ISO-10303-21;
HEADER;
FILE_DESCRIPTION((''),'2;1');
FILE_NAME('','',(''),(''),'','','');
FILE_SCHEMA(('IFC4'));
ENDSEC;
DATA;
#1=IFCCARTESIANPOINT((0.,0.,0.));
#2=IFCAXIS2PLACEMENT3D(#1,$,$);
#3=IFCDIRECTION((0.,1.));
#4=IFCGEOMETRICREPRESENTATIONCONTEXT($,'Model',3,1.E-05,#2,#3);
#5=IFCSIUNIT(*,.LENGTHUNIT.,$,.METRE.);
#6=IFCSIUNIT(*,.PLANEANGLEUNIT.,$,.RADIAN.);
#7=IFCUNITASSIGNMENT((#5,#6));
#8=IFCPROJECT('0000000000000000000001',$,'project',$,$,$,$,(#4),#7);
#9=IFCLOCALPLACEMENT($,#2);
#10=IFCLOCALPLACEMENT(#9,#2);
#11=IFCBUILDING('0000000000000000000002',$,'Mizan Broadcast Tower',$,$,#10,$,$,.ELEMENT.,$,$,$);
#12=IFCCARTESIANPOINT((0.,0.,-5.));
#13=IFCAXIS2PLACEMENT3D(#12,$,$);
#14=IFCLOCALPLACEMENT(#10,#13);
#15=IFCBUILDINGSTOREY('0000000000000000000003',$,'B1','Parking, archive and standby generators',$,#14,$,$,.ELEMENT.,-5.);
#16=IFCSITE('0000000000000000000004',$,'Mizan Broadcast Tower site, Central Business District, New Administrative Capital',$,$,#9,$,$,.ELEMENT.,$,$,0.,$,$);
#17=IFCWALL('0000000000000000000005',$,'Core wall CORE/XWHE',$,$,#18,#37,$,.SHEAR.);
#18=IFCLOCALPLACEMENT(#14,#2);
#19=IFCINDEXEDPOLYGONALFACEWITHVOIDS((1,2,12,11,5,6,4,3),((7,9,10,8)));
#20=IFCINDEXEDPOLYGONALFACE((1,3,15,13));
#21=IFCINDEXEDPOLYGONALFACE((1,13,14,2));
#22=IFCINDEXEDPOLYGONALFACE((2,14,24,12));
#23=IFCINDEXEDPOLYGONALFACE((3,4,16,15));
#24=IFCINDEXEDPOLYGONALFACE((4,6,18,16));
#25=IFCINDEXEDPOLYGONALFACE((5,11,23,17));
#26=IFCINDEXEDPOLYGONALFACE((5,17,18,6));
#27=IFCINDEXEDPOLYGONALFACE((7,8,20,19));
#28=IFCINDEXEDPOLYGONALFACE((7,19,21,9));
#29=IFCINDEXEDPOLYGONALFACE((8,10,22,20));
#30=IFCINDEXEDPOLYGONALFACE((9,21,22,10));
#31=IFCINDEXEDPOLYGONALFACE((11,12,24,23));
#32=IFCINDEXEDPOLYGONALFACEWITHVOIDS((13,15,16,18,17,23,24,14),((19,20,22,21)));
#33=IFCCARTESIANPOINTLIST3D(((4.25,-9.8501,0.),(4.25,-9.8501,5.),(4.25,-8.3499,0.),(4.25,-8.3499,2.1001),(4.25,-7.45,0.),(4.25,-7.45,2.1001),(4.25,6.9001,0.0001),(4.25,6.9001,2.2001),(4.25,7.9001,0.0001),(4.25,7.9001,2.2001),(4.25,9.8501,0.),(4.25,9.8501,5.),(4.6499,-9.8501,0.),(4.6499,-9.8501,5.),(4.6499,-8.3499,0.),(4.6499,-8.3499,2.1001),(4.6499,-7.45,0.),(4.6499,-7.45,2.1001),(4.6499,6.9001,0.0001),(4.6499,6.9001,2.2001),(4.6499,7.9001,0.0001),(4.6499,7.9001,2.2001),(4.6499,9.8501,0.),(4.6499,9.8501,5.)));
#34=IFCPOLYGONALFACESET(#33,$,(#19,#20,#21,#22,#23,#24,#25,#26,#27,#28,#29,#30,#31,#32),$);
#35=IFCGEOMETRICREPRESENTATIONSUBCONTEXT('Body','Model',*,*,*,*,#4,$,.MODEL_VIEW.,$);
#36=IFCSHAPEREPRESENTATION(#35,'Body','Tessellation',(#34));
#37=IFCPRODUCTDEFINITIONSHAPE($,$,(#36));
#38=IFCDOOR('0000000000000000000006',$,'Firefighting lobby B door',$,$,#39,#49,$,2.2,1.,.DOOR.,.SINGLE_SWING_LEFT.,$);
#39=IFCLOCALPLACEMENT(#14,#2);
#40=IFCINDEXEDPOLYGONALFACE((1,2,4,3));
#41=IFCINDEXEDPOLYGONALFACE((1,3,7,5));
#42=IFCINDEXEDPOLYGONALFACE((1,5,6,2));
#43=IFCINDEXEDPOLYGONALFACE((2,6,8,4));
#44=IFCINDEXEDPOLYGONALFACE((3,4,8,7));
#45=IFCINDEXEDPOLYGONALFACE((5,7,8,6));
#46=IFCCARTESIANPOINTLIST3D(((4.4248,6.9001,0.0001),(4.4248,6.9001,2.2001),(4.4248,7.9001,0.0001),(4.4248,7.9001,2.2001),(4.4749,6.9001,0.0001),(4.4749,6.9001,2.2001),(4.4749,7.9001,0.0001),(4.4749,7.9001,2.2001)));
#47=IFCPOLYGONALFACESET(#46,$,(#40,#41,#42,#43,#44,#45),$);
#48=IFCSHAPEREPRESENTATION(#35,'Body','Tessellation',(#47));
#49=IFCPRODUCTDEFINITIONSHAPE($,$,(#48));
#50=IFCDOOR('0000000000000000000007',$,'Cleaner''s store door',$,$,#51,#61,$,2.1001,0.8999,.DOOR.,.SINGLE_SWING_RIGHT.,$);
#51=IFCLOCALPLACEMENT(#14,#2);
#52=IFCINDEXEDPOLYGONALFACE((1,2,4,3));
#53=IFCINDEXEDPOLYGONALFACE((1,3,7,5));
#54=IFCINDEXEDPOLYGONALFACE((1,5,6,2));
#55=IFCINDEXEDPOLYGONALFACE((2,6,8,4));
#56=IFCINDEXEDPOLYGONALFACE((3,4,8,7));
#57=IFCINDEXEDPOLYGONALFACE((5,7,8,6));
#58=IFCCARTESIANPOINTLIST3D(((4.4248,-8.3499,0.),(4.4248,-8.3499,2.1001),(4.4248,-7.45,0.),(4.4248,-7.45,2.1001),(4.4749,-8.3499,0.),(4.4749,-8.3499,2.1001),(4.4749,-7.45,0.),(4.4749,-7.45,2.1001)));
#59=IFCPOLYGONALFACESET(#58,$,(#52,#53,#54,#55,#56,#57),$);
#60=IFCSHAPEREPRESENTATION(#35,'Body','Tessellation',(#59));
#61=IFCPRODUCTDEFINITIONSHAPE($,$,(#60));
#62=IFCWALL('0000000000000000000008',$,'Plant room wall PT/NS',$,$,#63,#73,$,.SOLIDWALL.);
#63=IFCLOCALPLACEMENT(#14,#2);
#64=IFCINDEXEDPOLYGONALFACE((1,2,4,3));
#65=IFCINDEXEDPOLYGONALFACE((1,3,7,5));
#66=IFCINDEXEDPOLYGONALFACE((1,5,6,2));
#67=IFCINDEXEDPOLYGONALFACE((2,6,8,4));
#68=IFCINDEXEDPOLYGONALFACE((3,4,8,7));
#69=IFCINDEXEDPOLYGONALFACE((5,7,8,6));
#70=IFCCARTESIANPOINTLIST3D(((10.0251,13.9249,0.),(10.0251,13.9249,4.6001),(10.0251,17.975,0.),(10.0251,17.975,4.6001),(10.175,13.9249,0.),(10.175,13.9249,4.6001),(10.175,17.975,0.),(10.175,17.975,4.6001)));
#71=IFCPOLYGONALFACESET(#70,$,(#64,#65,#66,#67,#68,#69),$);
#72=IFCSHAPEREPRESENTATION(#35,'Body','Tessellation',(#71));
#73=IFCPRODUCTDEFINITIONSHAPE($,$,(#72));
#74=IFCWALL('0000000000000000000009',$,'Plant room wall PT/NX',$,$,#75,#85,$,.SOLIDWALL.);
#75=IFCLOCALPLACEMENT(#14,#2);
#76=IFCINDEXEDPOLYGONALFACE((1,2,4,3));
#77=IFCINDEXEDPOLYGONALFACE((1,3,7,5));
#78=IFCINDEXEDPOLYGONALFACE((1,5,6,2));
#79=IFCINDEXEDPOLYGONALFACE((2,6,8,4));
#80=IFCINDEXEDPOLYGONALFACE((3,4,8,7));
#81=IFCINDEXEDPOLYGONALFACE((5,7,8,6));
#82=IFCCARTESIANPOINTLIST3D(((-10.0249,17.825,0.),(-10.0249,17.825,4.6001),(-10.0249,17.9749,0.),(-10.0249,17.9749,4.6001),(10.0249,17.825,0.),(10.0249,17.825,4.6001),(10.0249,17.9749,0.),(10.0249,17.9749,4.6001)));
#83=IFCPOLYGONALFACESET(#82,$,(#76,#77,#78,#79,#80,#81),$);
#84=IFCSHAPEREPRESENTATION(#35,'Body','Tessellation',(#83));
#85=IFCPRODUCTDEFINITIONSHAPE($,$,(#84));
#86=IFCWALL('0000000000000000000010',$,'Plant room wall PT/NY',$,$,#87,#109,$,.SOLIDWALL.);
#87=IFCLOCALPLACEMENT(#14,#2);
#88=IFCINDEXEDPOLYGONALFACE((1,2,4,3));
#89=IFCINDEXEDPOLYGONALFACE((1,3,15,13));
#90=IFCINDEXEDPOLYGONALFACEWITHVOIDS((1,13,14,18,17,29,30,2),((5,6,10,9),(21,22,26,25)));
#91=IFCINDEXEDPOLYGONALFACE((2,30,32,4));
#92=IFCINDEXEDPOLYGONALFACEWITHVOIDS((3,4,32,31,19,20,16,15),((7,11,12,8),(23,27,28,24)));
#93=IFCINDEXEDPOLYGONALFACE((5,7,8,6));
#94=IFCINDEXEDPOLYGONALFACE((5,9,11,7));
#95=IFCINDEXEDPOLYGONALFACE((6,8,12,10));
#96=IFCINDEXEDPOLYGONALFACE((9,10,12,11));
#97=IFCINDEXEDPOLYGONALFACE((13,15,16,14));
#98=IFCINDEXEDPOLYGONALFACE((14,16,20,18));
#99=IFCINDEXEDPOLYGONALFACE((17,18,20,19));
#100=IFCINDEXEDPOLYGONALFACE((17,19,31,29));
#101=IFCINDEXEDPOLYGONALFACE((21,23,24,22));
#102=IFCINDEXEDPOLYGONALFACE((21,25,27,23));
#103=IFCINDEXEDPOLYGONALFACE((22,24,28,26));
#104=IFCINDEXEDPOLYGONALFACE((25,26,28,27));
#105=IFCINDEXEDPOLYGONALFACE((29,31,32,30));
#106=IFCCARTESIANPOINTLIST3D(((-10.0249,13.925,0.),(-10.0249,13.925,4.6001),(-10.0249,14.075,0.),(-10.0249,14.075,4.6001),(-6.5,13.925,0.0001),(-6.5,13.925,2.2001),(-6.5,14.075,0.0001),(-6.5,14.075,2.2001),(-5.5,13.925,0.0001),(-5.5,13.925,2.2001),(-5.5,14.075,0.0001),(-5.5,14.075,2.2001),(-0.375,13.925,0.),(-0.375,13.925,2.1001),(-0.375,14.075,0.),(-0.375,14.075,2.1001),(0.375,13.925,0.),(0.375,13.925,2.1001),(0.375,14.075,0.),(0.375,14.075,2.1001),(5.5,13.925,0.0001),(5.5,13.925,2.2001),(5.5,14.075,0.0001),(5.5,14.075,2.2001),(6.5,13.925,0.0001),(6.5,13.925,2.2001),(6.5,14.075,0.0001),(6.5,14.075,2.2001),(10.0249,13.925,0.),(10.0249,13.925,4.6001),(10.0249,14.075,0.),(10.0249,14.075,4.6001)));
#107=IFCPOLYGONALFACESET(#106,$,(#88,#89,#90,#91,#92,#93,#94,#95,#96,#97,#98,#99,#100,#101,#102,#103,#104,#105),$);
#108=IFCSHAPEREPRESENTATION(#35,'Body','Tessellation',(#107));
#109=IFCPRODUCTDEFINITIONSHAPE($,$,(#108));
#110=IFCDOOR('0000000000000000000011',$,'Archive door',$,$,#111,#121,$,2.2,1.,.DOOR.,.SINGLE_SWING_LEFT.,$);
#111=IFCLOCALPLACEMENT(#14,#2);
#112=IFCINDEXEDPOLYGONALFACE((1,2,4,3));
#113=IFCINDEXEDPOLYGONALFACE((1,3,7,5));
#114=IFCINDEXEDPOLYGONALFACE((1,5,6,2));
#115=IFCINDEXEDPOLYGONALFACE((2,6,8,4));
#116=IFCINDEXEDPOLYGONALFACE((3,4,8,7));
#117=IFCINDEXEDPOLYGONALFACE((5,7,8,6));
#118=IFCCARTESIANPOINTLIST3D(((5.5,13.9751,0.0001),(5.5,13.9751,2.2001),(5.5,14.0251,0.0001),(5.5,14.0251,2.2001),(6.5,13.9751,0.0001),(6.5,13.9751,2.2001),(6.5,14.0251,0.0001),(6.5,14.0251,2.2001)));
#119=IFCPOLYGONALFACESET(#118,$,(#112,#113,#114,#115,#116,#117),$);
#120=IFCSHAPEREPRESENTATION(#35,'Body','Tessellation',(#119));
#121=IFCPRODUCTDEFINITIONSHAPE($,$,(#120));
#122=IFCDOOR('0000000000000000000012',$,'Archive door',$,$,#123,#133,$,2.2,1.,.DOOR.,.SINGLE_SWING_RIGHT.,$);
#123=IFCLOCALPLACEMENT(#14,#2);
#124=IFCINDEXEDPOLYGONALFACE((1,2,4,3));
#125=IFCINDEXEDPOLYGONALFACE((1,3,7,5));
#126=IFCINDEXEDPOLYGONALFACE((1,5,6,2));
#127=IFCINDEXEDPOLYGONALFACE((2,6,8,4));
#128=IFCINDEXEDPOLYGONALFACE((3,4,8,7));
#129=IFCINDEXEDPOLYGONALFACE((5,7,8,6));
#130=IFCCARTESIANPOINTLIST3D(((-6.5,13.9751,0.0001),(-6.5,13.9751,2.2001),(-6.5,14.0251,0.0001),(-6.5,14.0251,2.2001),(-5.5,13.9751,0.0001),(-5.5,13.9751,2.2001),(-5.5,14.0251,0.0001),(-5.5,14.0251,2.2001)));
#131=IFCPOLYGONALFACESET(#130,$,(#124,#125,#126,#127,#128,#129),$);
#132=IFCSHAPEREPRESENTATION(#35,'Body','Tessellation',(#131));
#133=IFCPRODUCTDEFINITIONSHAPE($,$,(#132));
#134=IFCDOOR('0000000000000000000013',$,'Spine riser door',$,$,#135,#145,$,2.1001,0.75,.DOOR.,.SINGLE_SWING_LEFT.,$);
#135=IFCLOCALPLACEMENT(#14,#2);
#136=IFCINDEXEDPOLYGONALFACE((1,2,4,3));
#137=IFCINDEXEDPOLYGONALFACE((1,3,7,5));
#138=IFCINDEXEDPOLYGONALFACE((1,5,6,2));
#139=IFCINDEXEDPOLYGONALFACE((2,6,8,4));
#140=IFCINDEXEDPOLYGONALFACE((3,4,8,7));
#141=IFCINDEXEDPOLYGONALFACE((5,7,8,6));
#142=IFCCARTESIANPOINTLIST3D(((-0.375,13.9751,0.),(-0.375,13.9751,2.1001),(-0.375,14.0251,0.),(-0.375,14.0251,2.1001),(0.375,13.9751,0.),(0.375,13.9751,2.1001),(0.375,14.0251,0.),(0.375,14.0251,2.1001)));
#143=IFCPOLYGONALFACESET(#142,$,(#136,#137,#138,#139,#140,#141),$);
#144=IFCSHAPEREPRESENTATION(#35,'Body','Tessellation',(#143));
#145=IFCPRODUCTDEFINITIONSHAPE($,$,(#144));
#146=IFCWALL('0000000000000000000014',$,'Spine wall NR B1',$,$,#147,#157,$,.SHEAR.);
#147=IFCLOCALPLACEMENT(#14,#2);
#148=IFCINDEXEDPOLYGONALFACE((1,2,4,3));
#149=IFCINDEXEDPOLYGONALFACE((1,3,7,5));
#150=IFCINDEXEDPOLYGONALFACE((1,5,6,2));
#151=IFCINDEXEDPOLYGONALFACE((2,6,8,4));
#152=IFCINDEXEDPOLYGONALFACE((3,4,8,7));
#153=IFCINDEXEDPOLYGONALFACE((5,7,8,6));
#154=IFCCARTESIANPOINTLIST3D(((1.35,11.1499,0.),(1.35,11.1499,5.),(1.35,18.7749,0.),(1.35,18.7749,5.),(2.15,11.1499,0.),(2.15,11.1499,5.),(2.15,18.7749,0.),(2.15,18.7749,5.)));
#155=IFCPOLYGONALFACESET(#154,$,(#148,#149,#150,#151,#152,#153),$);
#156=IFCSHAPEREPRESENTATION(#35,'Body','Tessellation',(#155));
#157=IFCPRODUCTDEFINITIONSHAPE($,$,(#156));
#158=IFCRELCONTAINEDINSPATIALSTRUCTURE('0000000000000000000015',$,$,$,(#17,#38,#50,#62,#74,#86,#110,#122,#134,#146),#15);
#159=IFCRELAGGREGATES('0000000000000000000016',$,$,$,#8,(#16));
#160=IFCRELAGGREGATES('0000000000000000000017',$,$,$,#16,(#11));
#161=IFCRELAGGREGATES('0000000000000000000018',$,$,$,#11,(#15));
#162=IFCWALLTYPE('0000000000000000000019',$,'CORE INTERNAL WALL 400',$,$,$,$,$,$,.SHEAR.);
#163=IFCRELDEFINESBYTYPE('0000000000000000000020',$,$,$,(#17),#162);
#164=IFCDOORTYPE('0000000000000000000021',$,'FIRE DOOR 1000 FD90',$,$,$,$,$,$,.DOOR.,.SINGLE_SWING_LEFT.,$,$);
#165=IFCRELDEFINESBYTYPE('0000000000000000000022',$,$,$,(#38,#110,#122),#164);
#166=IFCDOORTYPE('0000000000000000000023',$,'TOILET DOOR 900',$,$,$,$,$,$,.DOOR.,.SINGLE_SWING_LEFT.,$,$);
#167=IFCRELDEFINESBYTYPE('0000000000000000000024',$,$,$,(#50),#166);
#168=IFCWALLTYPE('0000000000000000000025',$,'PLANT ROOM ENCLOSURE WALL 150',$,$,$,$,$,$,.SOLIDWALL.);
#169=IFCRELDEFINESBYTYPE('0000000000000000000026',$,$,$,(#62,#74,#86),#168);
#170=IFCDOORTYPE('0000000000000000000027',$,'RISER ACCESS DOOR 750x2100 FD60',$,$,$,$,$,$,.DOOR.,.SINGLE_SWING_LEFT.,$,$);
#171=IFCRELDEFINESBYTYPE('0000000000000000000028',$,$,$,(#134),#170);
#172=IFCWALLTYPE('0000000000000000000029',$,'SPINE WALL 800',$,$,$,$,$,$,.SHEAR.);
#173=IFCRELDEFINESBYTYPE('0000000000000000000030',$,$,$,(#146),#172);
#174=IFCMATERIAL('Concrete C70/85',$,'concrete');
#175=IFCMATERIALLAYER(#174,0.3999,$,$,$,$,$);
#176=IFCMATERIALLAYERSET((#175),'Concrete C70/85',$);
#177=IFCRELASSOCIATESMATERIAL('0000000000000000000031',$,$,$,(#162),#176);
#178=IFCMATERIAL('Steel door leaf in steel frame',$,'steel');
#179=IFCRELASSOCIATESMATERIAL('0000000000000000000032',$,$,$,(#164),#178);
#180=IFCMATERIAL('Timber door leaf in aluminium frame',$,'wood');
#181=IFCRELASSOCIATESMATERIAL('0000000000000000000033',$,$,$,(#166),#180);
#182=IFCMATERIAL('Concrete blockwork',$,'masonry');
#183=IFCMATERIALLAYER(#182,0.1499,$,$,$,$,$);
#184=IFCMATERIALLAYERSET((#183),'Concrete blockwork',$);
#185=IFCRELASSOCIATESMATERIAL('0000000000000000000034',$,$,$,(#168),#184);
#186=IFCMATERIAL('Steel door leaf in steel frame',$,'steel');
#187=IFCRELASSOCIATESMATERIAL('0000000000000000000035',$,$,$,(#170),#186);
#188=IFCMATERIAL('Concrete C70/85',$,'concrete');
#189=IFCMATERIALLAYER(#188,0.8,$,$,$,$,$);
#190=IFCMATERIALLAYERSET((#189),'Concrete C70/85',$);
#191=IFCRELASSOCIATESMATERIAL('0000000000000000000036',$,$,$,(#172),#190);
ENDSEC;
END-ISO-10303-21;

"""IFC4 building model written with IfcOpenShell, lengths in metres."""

from ifc_helpers import new_model, si_unit, direction, frame, frame_2d, origin, place, context, subcontext, project, spatial, rectangle, extrude, material, layer, layer_set, type_object, element, fill, save


model = new_model("IFC4")

# Units and contexts
model_context = context("Model", 3, precision=1e-05, world=origin(), true_north=direction((0.0, 1.0)))
body_context = subcontext(model_context, "Body", "Model", "MODEL_VIEW")
ifc_project = project(units=[si_unit("LENGTHUNIT", "METRE"), si_unit("PLANEANGLEUNIT", "RADIAN")], contexts=[model_context])

# Site, building, storey
site_placement = place(None, origin())
site = spatial("IfcSite", under=ifc_project, at=site_placement, Name="Mizan Broadcast Tower site, Central Business District, New Administrative Capital", CompositionType="ELEMENT", RefElevation=0.0)
building_placement = place(site_placement, origin())
building = spatial("IfcBuilding", under=site, at=building_placement, Name="Mizan Broadcast Tower", CompositionType="ELEMENT")
storey_placement = place(building_placement, frame((0.0, 0.0, -5.0)))
storey = spatial("IfcBuildingStorey", under=building, at=storey_placement, Name="B1", Description="Parking, archive and standby generators", CompositionType="ELEMENT", Elevation=-5.0)

# Wall, openings, doors
ifc_material_1 = material(Name="Concrete C70/85", Category="concrete")
ifc_layer_1 = layer(ifc_material_1, 0.3999)
ifc_layer_set_1 = layer_set([ifc_layer_1], Name="Concrete C70/85")
wall_type_1 = type_object("IfcWallType", Name="CORE INTERNAL WALL 400", PredefinedType="SHEAR", material=ifc_layer_set_1)
ifc_material_2 = material(Name="Steel door leaf in steel frame", Category="steel")
door_type_1 = type_object("IfcDoorType", Name="FIRE DOOR 1000 FD90", OperationType="SINGLE_SWING_LEFT", PredefinedType="DOOR", material=ifc_material_2)
ifc_material_3 = material(Name="Timber door leaf in aluminium frame", Category="wood")
door_type_2 = type_object("IfcDoorType", Name="TOILET DOOR 900", OperationType="SINGLE_SWING_LEFT", PredefinedType="DOOR", material=ifc_material_3)
wall_1_placement = place(storey_placement, frame((4.45, 9.8501, 0.0), z_axis=(0.0, 0.0, 1.0), x_axis=(0.0, -1.0, 0.0)))
wall_1 = element("IfcWall", 1, at=wall_1_placement, inside=storey, type_object=wall_type_1, Name="Core wall CORE/XWHE", PredefinedType="SHEAR", context=body_context, shape_type="SweptSolid", body=[
    extrude(rectangle(XDim=19.7002, YDim=0.3999, at=frame_2d((9.8501, 0.0))), origin(), (0.0, 0.0, 1.0), 5.0),
])
opening_1_placement = place(wall_1_placement, frame((1.95, 0.0, 0.0)))
opening_1 = element("IfcOpeningElement", 2, at=opening_1_placement, cuts=wall_1, PredefinedType="OPENING", context=body_context, shape_type="SweptSolid", body=[
    extrude(rectangle(XDim=1.0, YDim=2.2, at=frame_2d((0.5, 1.1001))), frame((0.0, 0.21, 0.0), z_axis=(0.0, -1.0, 0.0), x_axis=(1.0, 0.0, 0.0)), (0.0, 0.0, 1.0), 0.4199),
])
opening_2_placement = place(wall_1_placement, frame((17.3, 0.0, 0.0)))
opening_2 = element("IfcOpeningElement", 3, at=opening_2_placement, cuts=wall_1, PredefinedType="OPENING", context=body_context, shape_type="SweptSolid", body=[
    extrude(rectangle(XDim=0.8999, YDim=2.1001, at=frame_2d((0.45, 1.05))), frame((0.0, 0.21, 0.0), z_axis=(0.0, -1.0, 0.0), x_axis=(1.0, 0.0, 0.0)), (0.0, 0.0, 1.0), 0.4199),
])
door_1_placement = place(opening_1_placement, origin())
door_1 = element("IfcDoor", 4, at=door_1_placement, inside=storey, type_object=door_type_1, Name="Firefighting lobby B door", OperationType="SINGLE_SWING_LEFT", OverallHeight=2.2, OverallWidth=1.0, PredefinedType="DOOR", context=body_context, shape_type="SweptSolid", body=[
    extrude(rectangle(XDim=1.0, YDim=2.2, at=frame_2d((0.5, 1.1001))), frame((0.0, 0.0249, 0.0), z_axis=(0.0, -1.0, 0.0), x_axis=(1.0, 0.0, 0.0)), (0.0, 0.0, 1.0), 0.05),
])
fill(opening_1, door_1)
door_2_placement = place(opening_2_placement, origin())
door_2 = element("IfcDoor", 5, at=door_2_placement, inside=storey, type_object=door_type_2, Name="Cleaner's store door", OperationType="SINGLE_SWING_RIGHT", OverallHeight=2.1001, OverallWidth=0.8999, PredefinedType="DOOR", context=body_context, shape_type="SweptSolid", body=[
    extrude(rectangle(XDim=0.8999, YDim=2.1001, at=frame_2d((0.45, 1.05))), frame((0.0, 0.0249, 0.0), z_axis=(0.0, -1.0, 0.0), x_axis=(1.0, 0.0, 0.0)), (0.0, 0.0, 1.0), 0.05),
])
fill(opening_2, door_2)

# Walls
ifc_material_4 = material(Name="Concrete blockwork", Category="masonry")
ifc_layer_2 = layer(ifc_material_4, 0.1499)
ifc_layer_set_2 = layer_set([ifc_layer_2], Name="Concrete blockwork")
wall_type_2 = type_object("IfcWallType", Name="PLANT ROOM ENCLOSURE WALL 150", PredefinedType="SOLIDWALL", material=ifc_layer_set_2)
wall_2_placement = place(storey_placement, frame((10.1001, 13.925, 0.0), z_axis=(0.0, 0.0, 1.0), x_axis=(0.0, 1.0, 0.0)))
element("IfcWall", 6, at=wall_2_placement, inside=storey, type_object=wall_type_2, Name="Plant room wall PT/NS", PredefinedType="SOLIDWALL", context=body_context, shape_type="SweptSolid", body=[
    extrude(rectangle(XDim=4.05, YDim=0.1499, at=frame_2d((2.0249, 0.0))), origin(), (0.0, 0.0, 1.0), 4.6001),
])
wall_3_placement = place(storey_placement, frame((10.0249, 17.8999, 0.0), z_axis=(0.0, 0.0, 1.0), x_axis=(-1.0, 0.0, 0.0)))
element("IfcWall", 7, at=wall_3_placement, inside=storey, type_object=wall_type_2, Name="Plant room wall PT/NX", PredefinedType="SOLIDWALL", context=body_context, shape_type="SweptSolid", body=[
    extrude(rectangle(XDim=20.0498, YDim=0.1499, at=frame_2d((10.0249, 0.0))), origin(), (0.0, 0.0, 1.0), 4.6001),
])

# Wall, openings, doors
wall_4_placement = place(storey_placement, frame((10.0249, 14.0, 0.0), z_axis=(0.0, 0.0, 1.0), x_axis=(-1.0, 0.0, 0.0)))
wall_4 = element("IfcWall", 8, at=wall_4_placement, inside=storey, type_object=wall_type_2, Name="Plant room wall PT/NY", PredefinedType="SOLIDWALL", context=body_context, shape_type="SweptSolid", body=[
    extrude(rectangle(XDim=20.0498, YDim=0.1499, at=frame_2d((10.0249, 0.0))), origin(), (0.0, 0.0, 1.0), 4.6001),
])
opening_3_placement = place(wall_4_placement, frame((9.6499, 0.0, 0.0)))
opening_3 = element("IfcOpeningElement", 9, at=opening_3_placement, cuts=wall_4, PredefinedType="OPENING", context=body_context, shape_type="SweptSolid", body=[
    extrude(rectangle(XDim=0.75, YDim=2.1001, at=frame_2d((0.375, 1.05))), frame((0.0, 0.085, 0.0), z_axis=(0.0, -1.0, 0.0), x_axis=(1.0, 0.0, 0.0)), (0.0, 0.0, 1.0), 0.1699),
])
opening_4_placement = place(wall_4_placement, frame((3.5249, 0.0, 0.0)))
opening_4 = element("IfcOpeningElement", 10, at=opening_4_placement, cuts=wall_4, PredefinedType="OPENING", context=body_context, shape_type="SweptSolid", body=[
    extrude(rectangle(XDim=1.0, YDim=2.2, at=frame_2d((0.5, 1.1001))), frame((0.0, 0.085, 0.0), z_axis=(0.0, -1.0, 0.0), x_axis=(1.0, 0.0, 0.0)), (0.0, 0.0, 1.0), 0.1699),
])
opening_5_placement = place(wall_4_placement, frame((15.5249, 0.0, 0.0)))
opening_5 = element("IfcOpeningElement", 11, at=opening_5_placement, cuts=wall_4, PredefinedType="OPENING", context=body_context, shape_type="SweptSolid", body=[
    extrude(rectangle(XDim=1.0, YDim=2.2, at=frame_2d((0.5, 1.1001))), frame((0.0, 0.085, 0.0), z_axis=(0.0, -1.0, 0.0), x_axis=(1.0, 0.0, 0.0)), (0.0, 0.0, 1.0), 0.1699),
])
door_3_placement = place(opening_4_placement, origin())
door_3 = element("IfcDoor", 12, at=door_3_placement, inside=storey, type_object=door_type_1, Name="Archive door", OperationType="SINGLE_SWING_LEFT", OverallHeight=2.2, OverallWidth=1.0, PredefinedType="DOOR", context=body_context, shape_type="SweptSolid", body=[
    extrude(rectangle(XDim=1.0, YDim=2.2, at=frame_2d((0.5, 1.1001))), frame((0.0, 0.0249, 0.0), z_axis=(0.0, -1.0, 0.0), x_axis=(1.0, 0.0, 0.0)), (0.0, 0.0, 1.0), 0.05),
])
fill(opening_4, door_3)
door_4_placement = place(opening_5_placement, origin())
door_4 = element("IfcDoor", 13, at=door_4_placement, inside=storey, type_object=door_type_1, Name="Archive door", OperationType="SINGLE_SWING_RIGHT", OverallHeight=2.2, OverallWidth=1.0, PredefinedType="DOOR", context=body_context, shape_type="SweptSolid", body=[
    extrude(rectangle(XDim=1.0, YDim=2.2, at=frame_2d((0.5, 1.1001))), frame((0.0, 0.0249, 0.0), z_axis=(0.0, -1.0, 0.0), x_axis=(1.0, 0.0, 0.0)), (0.0, 0.0, 1.0), 0.05),
])
fill(opening_5, door_4)
ifc_material_5 = material(Name="Steel door leaf in steel frame", Category="steel")
door_type_3 = type_object("IfcDoorType", Name="RISER ACCESS DOOR 750x2100 FD60", OperationType="SINGLE_SWING_LEFT", PredefinedType="DOOR", material=ifc_material_5)
door_5_placement = place(opening_3_placement, origin())
door_5 = element("IfcDoor", 14, at=door_5_placement, inside=storey, type_object=door_type_3, Name="Spine riser door", OperationType="SINGLE_SWING_LEFT", OverallHeight=2.1001, OverallWidth=0.75, PredefinedType="DOOR", context=body_context, shape_type="SweptSolid", body=[
    extrude(rectangle(XDim=0.75, YDim=2.1001, at=frame_2d((0.375, 1.05))), frame((0.0, 0.0249, 0.0), z_axis=(0.0, -1.0, 0.0), x_axis=(1.0, 0.0, 0.0)), (0.0, 0.0, 1.0), 0.05),
])
fill(opening_3, door_5)

# Wall
ifc_material_6 = material(Name="Concrete C70/85", Category="concrete")
ifc_layer_3 = layer(ifc_material_6, 0.8)
ifc_layer_set_3 = layer_set([ifc_layer_3], Name="Concrete C70/85")
wall_type_3 = type_object("IfcWallType", Name="SPINE WALL 800", PredefinedType="SHEAR", material=ifc_layer_set_3)
wall_5_placement = place(storey_placement, frame((1.75, 11.1499, 0.0), z_axis=(0.0, 0.0, 1.0), x_axis=(0.0, 1.0, 0.0)))
element("IfcWall", 15, at=wall_5_placement, inside=storey, type_object=wall_type_3, Name="Spine wall NR B1", PredefinedType="SHEAR", context=body_context, shape_type="SweptSolid", body=[
    extrude(rectangle(XDim=7.625, YDim=0.8, at=frame_2d((3.8125, 0.0))), origin(), (0.0, 0.0, 1.0), 5.0),
])

save(model, "model.ifc")
